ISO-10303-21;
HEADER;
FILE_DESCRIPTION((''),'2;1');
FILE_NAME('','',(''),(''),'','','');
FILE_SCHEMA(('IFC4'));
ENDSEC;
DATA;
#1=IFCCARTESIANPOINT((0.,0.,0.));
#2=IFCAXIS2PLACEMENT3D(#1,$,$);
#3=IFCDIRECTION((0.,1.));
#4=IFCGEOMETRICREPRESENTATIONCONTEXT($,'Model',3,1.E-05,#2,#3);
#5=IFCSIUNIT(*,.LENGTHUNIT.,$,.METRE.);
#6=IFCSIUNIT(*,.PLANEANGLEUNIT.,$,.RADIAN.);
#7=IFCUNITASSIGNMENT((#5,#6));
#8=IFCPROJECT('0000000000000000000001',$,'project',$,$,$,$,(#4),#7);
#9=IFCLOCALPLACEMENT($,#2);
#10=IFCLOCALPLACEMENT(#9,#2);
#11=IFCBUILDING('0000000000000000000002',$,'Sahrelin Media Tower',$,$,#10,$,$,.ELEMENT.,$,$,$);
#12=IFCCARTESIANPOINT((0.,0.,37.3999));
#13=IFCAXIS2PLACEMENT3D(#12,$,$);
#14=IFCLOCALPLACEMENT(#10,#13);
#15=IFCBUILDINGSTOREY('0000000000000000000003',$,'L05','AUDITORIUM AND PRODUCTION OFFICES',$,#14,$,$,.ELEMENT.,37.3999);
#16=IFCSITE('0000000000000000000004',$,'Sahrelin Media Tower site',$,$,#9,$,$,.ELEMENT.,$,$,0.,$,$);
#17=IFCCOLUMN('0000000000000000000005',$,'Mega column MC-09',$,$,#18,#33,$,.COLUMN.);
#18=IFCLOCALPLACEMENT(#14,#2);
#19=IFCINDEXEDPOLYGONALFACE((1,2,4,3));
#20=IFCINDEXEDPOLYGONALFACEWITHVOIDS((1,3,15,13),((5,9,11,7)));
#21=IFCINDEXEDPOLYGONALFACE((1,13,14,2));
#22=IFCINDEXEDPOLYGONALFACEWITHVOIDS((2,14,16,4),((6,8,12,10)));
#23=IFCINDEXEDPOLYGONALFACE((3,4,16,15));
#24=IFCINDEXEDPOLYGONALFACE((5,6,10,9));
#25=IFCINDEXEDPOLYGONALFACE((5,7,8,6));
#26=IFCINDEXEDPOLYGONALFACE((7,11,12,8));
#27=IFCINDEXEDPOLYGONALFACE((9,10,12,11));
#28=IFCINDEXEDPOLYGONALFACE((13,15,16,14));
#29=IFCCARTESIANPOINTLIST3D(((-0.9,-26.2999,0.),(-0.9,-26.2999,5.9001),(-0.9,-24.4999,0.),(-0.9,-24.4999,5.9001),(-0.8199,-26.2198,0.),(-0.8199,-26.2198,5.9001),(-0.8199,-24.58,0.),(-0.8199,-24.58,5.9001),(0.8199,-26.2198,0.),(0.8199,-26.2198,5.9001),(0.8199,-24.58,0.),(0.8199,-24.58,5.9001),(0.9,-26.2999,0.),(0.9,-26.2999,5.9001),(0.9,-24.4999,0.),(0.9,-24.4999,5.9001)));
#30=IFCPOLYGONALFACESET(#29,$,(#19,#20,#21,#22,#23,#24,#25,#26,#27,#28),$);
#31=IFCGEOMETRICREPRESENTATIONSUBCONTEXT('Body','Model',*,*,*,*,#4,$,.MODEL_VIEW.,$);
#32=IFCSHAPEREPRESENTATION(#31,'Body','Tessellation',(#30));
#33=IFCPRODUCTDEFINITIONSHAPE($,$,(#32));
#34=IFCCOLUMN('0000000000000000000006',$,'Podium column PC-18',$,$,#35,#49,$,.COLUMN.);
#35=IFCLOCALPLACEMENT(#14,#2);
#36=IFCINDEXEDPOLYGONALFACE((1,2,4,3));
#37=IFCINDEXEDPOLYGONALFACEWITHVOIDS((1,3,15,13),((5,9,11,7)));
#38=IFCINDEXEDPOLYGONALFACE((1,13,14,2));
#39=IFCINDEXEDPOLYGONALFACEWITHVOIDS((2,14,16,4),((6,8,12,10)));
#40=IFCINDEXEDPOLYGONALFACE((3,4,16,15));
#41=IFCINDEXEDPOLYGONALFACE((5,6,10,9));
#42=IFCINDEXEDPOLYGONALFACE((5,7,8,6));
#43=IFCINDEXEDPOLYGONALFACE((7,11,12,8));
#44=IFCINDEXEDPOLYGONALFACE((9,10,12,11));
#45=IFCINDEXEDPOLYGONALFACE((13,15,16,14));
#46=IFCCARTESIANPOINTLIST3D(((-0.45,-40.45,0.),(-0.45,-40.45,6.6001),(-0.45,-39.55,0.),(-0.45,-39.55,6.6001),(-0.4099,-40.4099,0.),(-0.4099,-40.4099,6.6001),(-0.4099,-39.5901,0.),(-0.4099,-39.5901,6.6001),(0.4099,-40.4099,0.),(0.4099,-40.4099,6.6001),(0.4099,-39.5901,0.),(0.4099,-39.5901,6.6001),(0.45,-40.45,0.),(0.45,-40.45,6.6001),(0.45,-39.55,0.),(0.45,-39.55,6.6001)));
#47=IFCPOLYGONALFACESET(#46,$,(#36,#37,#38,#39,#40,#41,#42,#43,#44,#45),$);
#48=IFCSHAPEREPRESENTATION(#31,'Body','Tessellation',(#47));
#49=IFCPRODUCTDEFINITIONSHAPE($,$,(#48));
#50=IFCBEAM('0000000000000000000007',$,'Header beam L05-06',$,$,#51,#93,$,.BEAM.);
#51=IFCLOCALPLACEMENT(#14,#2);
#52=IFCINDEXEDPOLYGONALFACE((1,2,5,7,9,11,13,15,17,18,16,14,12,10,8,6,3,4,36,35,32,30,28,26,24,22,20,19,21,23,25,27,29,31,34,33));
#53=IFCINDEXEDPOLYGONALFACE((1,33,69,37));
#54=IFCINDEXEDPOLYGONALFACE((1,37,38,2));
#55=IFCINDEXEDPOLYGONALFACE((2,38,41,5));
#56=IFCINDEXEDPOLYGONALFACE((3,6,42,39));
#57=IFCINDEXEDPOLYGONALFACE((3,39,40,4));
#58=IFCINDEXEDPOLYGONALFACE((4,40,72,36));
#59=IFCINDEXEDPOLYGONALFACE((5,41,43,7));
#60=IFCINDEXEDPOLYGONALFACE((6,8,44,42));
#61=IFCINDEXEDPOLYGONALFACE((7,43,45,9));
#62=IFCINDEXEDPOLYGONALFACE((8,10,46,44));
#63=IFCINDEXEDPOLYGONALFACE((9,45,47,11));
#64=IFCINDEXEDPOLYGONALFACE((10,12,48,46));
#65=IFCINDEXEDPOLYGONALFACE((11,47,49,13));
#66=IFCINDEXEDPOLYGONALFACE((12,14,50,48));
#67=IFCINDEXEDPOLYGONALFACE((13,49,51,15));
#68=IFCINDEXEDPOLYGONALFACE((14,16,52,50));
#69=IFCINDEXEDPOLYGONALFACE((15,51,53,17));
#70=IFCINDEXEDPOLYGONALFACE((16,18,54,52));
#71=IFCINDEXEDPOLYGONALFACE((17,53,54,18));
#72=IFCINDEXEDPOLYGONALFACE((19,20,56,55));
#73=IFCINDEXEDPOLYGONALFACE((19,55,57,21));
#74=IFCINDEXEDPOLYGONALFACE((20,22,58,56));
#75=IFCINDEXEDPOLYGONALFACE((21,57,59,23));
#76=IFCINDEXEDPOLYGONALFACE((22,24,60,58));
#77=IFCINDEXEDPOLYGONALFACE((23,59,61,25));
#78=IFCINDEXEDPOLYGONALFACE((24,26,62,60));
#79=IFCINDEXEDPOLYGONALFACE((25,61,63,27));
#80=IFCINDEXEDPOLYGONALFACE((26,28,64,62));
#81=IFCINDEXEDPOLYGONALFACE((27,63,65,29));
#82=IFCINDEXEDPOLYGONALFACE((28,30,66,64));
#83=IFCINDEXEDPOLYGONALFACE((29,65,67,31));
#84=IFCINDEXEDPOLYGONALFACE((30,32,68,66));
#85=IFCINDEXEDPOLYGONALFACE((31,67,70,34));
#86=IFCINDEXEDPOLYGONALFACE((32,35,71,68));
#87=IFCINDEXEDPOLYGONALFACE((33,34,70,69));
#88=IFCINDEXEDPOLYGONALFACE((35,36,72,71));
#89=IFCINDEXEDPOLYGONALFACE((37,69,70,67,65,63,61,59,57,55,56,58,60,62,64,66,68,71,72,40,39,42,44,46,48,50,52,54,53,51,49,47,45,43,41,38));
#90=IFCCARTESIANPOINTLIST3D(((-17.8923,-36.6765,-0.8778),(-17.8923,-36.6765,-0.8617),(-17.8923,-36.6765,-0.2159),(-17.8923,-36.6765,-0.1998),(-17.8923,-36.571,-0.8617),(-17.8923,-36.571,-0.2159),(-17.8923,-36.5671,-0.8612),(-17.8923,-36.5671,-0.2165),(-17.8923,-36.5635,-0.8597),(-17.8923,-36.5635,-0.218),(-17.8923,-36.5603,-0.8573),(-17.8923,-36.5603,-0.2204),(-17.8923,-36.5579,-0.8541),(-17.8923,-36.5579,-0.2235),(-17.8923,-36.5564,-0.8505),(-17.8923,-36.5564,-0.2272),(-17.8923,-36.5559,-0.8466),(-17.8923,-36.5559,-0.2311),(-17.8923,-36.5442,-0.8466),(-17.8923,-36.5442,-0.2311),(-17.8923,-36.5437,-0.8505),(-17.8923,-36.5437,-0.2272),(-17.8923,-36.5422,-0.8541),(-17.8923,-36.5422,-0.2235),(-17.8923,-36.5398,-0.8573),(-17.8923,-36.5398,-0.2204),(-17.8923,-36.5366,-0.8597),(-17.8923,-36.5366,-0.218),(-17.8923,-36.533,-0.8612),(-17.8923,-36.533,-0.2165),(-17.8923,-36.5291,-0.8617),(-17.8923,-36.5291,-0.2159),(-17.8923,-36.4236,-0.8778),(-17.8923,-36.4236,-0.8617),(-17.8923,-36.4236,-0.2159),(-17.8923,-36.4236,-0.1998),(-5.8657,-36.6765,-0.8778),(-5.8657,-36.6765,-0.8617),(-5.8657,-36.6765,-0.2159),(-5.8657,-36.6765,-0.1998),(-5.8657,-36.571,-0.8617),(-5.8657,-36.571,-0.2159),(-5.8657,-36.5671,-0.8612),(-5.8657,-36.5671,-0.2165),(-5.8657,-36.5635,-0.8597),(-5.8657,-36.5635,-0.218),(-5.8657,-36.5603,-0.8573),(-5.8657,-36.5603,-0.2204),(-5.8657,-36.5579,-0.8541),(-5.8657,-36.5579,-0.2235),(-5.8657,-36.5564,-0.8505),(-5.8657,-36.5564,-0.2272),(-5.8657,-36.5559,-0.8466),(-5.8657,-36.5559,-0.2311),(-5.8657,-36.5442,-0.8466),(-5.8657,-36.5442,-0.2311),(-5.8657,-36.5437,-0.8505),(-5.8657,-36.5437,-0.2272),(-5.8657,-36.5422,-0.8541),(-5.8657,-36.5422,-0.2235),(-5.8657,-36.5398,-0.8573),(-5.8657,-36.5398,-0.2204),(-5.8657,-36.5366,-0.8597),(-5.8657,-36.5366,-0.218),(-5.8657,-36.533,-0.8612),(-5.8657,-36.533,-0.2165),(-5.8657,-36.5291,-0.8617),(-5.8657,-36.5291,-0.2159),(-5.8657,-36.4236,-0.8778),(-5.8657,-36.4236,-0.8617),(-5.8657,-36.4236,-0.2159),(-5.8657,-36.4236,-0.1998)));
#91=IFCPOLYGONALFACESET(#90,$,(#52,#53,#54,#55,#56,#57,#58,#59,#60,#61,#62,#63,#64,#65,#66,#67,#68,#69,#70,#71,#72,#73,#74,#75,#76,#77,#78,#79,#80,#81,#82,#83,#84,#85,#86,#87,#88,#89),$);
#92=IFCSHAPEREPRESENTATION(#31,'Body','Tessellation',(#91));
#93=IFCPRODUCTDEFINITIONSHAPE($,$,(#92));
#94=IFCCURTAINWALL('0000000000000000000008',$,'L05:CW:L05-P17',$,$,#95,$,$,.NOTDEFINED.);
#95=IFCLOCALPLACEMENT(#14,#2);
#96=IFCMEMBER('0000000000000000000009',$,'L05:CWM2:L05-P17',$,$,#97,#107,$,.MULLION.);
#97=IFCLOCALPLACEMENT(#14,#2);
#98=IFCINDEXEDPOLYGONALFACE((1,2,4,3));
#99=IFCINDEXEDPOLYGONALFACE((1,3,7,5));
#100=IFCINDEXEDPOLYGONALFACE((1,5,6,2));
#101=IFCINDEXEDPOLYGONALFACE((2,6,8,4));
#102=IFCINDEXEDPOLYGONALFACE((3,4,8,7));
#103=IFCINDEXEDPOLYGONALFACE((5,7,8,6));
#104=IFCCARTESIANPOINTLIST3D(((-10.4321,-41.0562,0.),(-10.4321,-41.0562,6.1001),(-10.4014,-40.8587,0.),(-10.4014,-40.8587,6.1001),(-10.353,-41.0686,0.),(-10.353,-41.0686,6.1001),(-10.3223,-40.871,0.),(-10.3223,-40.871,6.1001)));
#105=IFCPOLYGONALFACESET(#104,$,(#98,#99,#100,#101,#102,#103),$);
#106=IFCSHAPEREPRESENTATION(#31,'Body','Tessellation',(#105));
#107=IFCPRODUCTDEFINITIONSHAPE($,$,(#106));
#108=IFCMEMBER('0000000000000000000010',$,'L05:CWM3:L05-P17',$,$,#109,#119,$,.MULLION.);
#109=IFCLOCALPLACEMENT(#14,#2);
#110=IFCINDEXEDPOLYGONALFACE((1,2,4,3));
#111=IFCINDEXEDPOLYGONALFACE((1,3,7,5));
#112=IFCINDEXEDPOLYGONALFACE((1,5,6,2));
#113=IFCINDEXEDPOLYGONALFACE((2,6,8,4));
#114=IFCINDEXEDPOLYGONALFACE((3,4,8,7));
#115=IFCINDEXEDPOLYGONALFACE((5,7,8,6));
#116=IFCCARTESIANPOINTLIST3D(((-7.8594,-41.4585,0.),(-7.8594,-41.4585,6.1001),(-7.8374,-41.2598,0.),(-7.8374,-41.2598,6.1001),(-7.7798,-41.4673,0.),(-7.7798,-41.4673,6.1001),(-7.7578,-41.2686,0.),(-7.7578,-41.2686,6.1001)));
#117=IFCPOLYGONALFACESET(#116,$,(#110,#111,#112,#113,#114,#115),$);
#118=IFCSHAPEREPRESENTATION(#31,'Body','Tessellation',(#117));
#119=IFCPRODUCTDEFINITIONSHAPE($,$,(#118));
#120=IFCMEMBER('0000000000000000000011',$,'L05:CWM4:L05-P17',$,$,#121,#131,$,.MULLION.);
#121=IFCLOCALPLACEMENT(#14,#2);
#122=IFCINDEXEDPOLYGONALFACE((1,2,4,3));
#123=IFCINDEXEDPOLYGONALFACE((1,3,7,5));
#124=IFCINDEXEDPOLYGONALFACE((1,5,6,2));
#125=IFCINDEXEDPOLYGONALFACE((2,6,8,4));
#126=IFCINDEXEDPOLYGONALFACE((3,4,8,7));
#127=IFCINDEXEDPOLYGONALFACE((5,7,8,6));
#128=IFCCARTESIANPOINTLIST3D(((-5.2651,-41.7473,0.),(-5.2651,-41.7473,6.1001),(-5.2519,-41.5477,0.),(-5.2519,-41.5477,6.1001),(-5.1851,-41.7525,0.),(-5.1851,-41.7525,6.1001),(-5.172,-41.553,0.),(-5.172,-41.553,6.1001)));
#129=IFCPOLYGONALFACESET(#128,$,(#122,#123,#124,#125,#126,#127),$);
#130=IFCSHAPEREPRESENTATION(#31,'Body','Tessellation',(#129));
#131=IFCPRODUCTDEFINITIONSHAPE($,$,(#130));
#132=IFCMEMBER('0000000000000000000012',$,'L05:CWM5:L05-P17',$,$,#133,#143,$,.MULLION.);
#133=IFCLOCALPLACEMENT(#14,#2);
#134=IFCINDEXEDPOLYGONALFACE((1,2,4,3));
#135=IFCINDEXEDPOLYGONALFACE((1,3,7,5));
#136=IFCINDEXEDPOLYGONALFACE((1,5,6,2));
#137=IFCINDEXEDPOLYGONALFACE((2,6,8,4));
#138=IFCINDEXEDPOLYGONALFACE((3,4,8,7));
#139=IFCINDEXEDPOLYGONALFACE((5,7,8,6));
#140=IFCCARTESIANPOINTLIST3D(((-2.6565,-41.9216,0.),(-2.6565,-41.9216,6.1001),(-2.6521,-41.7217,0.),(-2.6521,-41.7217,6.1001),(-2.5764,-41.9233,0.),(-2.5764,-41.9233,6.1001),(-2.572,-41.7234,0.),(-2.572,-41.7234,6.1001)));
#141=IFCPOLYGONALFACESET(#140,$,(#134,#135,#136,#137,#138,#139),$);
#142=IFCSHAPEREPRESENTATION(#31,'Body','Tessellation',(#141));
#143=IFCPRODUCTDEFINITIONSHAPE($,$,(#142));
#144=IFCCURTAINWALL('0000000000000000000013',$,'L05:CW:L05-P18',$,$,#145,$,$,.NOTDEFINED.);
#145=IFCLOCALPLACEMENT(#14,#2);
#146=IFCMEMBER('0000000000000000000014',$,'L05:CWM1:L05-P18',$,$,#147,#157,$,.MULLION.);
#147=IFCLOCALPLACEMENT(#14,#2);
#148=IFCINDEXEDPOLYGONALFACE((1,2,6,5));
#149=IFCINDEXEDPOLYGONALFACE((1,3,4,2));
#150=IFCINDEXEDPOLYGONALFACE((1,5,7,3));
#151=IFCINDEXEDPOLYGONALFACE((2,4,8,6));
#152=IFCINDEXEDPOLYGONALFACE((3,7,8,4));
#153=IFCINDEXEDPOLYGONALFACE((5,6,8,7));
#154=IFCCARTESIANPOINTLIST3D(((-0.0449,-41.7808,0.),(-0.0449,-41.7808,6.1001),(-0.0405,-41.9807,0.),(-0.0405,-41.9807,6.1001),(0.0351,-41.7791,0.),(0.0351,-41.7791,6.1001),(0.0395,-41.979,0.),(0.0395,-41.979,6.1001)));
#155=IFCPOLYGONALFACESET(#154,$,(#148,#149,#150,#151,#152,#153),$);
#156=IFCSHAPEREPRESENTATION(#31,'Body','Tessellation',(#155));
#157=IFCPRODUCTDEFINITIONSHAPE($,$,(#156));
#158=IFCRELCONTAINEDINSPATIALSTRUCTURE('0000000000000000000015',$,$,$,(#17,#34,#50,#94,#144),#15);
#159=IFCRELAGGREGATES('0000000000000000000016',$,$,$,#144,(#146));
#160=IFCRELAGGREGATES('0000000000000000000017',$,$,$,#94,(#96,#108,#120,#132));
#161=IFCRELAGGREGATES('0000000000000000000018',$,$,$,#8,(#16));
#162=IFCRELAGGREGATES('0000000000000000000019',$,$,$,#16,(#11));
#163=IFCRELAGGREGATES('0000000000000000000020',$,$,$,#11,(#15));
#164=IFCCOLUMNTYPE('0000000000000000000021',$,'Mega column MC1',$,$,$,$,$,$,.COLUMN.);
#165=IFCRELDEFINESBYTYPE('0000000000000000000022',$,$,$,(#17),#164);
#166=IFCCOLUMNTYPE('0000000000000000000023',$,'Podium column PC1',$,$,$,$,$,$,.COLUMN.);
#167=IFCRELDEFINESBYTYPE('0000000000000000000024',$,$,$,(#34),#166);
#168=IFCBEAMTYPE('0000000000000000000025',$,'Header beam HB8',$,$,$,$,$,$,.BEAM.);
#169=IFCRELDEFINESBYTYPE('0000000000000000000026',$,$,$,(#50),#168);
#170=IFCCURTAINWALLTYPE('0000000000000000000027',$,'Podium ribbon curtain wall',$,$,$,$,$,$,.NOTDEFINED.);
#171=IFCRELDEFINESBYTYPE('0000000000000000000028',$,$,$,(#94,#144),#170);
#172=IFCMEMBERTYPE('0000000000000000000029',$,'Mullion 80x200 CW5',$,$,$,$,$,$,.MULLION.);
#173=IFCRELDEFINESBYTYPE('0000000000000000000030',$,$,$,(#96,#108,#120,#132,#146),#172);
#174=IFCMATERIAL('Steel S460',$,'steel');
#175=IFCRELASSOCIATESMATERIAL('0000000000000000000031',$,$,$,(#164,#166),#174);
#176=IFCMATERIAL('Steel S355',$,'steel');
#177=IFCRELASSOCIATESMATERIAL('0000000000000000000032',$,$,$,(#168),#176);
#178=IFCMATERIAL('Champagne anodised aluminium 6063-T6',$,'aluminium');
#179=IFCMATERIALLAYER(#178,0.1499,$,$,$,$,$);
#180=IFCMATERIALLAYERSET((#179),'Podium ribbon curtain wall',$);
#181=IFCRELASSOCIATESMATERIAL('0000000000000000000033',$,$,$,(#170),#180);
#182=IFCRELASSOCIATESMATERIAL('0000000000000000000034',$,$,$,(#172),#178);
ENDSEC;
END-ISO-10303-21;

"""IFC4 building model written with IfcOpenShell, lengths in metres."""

from ifc_helpers import new_model, si_unit, direction, frame, origin, origin_2d, place, context, subcontext, project, spatial, rectangle, hollow_rectangle, i_section, extrude, material, layer, layer_set, material_profile, profile_set, type_object, element, aggregate, save


model = new_model("IFC4")

# Units and contexts
model_context = context("Model", 3, precision=1e-05, world=origin(), true_north=direction((0.0, 1.0)))
body_context = subcontext(model_context, "Body", "Model", "MODEL_VIEW")
ifc_project = project(units=[si_unit("LENGTHUNIT", "METRE"), si_unit("PLANEANGLEUNIT", "RADIAN")], contexts=[model_context])

# Site, building, storey
site_placement = place(None, origin())
site = spatial("IfcSite", under=ifc_project, at=site_placement, Name="Sahrelin Media Tower site", CompositionType="ELEMENT", RefElevation=0.0)
building_placement = place(site_placement, origin())
building = spatial("IfcBuilding", under=site, at=building_placement, Name="Sahrelin Media Tower", CompositionType="ELEMENT")
storey_placement = place(building_placement, frame((0.0, 0.0, 37.3999)))
storey = spatial("IfcBuildingStorey", under=building, at=storey_placement, Name="L05", Description="AUDITORIUM AND PRODUCTION OFFICES", CompositionType="ELEMENT", Elevation=37.3999)

# Columns
ifc_material_1 = material(Name="Steel S460", Category="steel")
ifc_material_profile_1 = material_profile(ifc_material_1, hollow_rectangle(XDim=1.8, YDim=1.8, WallThickness=0.0801, at=origin_2d()), Name="Mega column MC1")
ifc_profile_set_1 = profile_set([ifc_material_profile_1], Name="Steel S460")
column_type_1 = type_object("IfcColumnType", Name="Mega column MC1", PredefinedType="COLUMN", material=ifc_profile_set_1)
column_1_placement = place(storey_placement, frame((0.0, -25.3999, 0.0), z_axis=(0.0, 0.0, 1.0), x_axis=(0.0, -1.0, 0.0)))
element("IfcColumn", 1, at=column_1_placement, inside=storey, type_object=column_type_1, Name="Mega column MC-09", PredefinedType="COLUMN", context=body_context, shape_type="SweptSolid", body=[
    extrude(hollow_rectangle(XDim=1.8, YDim=1.8, WallThickness=0.0801, at=origin_2d()), origin(), (0.0, 0.0, 1.0), 5.9001),
])
ifc_material_profile_2 = material_profile(ifc_material_1, hollow_rectangle(XDim=0.8999, YDim=0.8999, WallThickness=0.04, at=origin_2d()), Name="Podium column PC1")
ifc_profile_set_2 = profile_set([ifc_material_profile_2], Name="Steel S460")
column_type_2 = type_object("IfcColumnType", Name="Podium column PC1", PredefinedType="COLUMN", material=ifc_profile_set_2)
column_2_placement = place(storey_placement, frame((0.0, -40.0, 0.0), z_axis=(0.0, 0.0, 1.0), x_axis=(0.0, -1.0, 0.0)))
element("IfcColumn", 2, at=column_2_placement, inside=storey, type_object=column_type_2, Name="Podium column PC-18", PredefinedType="COLUMN", context=body_context, shape_type="SweptSolid", body=[
    extrude(hollow_rectangle(XDim=0.8999, YDim=0.8999, WallThickness=0.04, at=origin_2d()), origin(), (0.0, 0.0, 1.0), 6.6001),
])

# Beam
ifc_material_2 = material(Name="Steel S355", Category="steel")
ifc_material_profile_3 = material_profile(ifc_material_2, i_section(OverallWidth=0.2529, OverallDepth=0.678, WebThickness=0.0117, FlangeThickness=0.0161, FilletRadius=0.0151, at=origin_2d()), Name="UB 686x254x125")
ifc_profile_set_3 = profile_set([ifc_material_profile_3], Name="Steel S355")
beam_type_1 = type_object("IfcBeamType", Name="Header beam HB8", PredefinedType="BEAM", material=ifc_profile_set_3)
beam_1_placement = place(storey_placement, frame((-5.8657, -36.55, -0.5388), z_axis=(-1.0, 0.0, 0.0), x_axis=(0.0, -1.0, 0.0)))
element("IfcBeam", 3, at=beam_1_placement, inside=storey, type_object=beam_type_1, Name="Header beam L05-06", PredefinedType="BEAM", context=body_context, shape_type="SweptSolid", body=[
    extrude(i_section(OverallWidth=0.2529, OverallDepth=0.678, WebThickness=0.0117, FlangeThickness=0.0161, FilletRadius=0.0151, at=origin_2d()), origin(), (0.0, 0.0, 1.0), 12.0266),
])

# Curtain wall, members
ifc_material_3 = material(Name="Champagne anodised aluminium 6063-T6", Category="aluminium")
ifc_layer_1 = layer(ifc_material_3, 0.1499)
ifc_layer_set_1 = layer_set([ifc_layer_1], Name="Podium ribbon curtain wall")
curtain_wall_type = type_object("IfcCurtainWallType", Name="Podium ribbon curtain wall", PredefinedType="NOTDEFINED", material=ifc_layer_set_1)
curtain_wall_1_placement = place(storey_placement, frame((-12.9409, -40.5688, 0.0), z_axis=(0.0, 0.0, 1.0), x_axis=(1.0, 0.0, 0.0)))
curtain_wall_1 = element("IfcCurtainWall", 4, at=curtain_wall_1_placement, inside=storey, type_object=curtain_wall_type, Name="L05:CW:L05-P17", PredefinedType="NOTDEFINED")
ifc_material_profile_4 = material_profile(ifc_material_3, rectangle(XDim=0.0801, YDim=0.2, at=origin_2d()), Name="Mullion 80x200")
ifc_profile_set_4 = profile_set([ifc_material_profile_4], Name="Champagne anodised aluminium 6063-T6")
member_type_1 = type_object("IfcMemberType", Name="Mullion 80x200 CW5", PredefinedType="MULLION", material=ifc_profile_set_4)
member_1_placement = place(storey_placement, frame((-10.3772, -40.9636, 0.0), z_axis=(0.0, 0.0, 1.0), x_axis=(0.988098, -0.153826, 0.0)))
member_1 = element("IfcMember", 5, at=member_1_placement, type_object=member_type_1, Name="L05:CWM2:L05-P17", PredefinedType="MULLION", context=body_context, shape_type="SweptSolid", body=[
    extrude(rectangle(XDim=0.0801, YDim=0.2, at=origin_2d()), origin(), (0.0, 0.0, 1.0), 6.1001),
])
member_2_placement = place(storey_placement, frame((-7.8086, -41.3635, 0.0), z_axis=(0.0, 0.0, 1.0), x_axis=(0.993941, -0.109915, 0.0)))
member_2 = element("IfcMember", 6, at=member_2_placement, type_object=member_type_1, Name="L05:CWM3:L05-P17", PredefinedType="MULLION", context=body_context, shape_type="SweptSolid", body=[
    extrude(rectangle(XDim=0.0801, YDim=0.2, at=origin_2d()), origin(), (0.0, 0.0, 1.0), 6.1001),
])
member_3_placement = place(storey_placement, frame((-5.2185, -41.6501, 0.0), z_axis=(0.0, 0.0, 1.0), x_axis=(0.997822, -0.065959, 0.0)))
member_3 = element("IfcMember", 7, at=member_3_placement, type_object=member_type_1, Name="L05:CWM4:L05-P17", PredefinedType="MULLION", context=body_context, shape_type="SweptSolid", body=[
    extrude(rectangle(XDim=0.0801, YDim=0.2, at=origin_2d()), origin(), (0.0, 0.0, 1.0), 6.1001),
])
member_4_placement = place(storey_placement, frame((-2.6143, -41.8225, 0.0), z_axis=(0.0, 0.0, 1.0), x_axis=(0.999758, -0.022007, 0.0)))
member_4 = element("IfcMember", 8, at=member_4_placement, type_object=member_type_1, Name="L05:CWM5:L05-P17", PredefinedType="MULLION", context=body_context, shape_type="SweptSolid", body=[
    extrude(rectangle(XDim=0.0801, YDim=0.2, at=origin_2d()), origin(), (0.0, 0.0, 1.0), 6.1001),
])

# Curtain wall, member
curtain_wall_2_placement = place(storey_placement, frame((0.0, -42.0, 0.0), z_axis=(0.0, 0.0, 1.0), x_axis=(1.0, 0.0, 0.0)))
curtain_wall_2 = element("IfcCurtainWall", 9, at=curtain_wall_2_placement, inside=storey, type_object=curtain_wall_type, Name="L05:CW:L05-P18", PredefinedType="NOTDEFINED")
member_5_placement = place(storey_placement, frame((-0.0027, -41.8799, 0.0), z_axis=(0.0, 0.0, 1.0), x_axis=(0.999758, 0.022007, 0.0)))
member_5 = element("IfcMember", 10, at=member_5_placement, type_object=member_type_1, Name="L05:CWM1:L05-P18", PredefinedType="MULLION", context=body_context, shape_type="SweptSolid", body=[
    extrude(rectangle(XDim=0.0801, YDim=0.2, at=origin_2d()), origin(), (0.0, 0.0, 1.0), 6.1001),
])
aggregate(curtain_wall_2, [member_5])

aggregate(curtain_wall_1, [member_1, member_2, member_3, member_4])

save(model, "model.ifc")
